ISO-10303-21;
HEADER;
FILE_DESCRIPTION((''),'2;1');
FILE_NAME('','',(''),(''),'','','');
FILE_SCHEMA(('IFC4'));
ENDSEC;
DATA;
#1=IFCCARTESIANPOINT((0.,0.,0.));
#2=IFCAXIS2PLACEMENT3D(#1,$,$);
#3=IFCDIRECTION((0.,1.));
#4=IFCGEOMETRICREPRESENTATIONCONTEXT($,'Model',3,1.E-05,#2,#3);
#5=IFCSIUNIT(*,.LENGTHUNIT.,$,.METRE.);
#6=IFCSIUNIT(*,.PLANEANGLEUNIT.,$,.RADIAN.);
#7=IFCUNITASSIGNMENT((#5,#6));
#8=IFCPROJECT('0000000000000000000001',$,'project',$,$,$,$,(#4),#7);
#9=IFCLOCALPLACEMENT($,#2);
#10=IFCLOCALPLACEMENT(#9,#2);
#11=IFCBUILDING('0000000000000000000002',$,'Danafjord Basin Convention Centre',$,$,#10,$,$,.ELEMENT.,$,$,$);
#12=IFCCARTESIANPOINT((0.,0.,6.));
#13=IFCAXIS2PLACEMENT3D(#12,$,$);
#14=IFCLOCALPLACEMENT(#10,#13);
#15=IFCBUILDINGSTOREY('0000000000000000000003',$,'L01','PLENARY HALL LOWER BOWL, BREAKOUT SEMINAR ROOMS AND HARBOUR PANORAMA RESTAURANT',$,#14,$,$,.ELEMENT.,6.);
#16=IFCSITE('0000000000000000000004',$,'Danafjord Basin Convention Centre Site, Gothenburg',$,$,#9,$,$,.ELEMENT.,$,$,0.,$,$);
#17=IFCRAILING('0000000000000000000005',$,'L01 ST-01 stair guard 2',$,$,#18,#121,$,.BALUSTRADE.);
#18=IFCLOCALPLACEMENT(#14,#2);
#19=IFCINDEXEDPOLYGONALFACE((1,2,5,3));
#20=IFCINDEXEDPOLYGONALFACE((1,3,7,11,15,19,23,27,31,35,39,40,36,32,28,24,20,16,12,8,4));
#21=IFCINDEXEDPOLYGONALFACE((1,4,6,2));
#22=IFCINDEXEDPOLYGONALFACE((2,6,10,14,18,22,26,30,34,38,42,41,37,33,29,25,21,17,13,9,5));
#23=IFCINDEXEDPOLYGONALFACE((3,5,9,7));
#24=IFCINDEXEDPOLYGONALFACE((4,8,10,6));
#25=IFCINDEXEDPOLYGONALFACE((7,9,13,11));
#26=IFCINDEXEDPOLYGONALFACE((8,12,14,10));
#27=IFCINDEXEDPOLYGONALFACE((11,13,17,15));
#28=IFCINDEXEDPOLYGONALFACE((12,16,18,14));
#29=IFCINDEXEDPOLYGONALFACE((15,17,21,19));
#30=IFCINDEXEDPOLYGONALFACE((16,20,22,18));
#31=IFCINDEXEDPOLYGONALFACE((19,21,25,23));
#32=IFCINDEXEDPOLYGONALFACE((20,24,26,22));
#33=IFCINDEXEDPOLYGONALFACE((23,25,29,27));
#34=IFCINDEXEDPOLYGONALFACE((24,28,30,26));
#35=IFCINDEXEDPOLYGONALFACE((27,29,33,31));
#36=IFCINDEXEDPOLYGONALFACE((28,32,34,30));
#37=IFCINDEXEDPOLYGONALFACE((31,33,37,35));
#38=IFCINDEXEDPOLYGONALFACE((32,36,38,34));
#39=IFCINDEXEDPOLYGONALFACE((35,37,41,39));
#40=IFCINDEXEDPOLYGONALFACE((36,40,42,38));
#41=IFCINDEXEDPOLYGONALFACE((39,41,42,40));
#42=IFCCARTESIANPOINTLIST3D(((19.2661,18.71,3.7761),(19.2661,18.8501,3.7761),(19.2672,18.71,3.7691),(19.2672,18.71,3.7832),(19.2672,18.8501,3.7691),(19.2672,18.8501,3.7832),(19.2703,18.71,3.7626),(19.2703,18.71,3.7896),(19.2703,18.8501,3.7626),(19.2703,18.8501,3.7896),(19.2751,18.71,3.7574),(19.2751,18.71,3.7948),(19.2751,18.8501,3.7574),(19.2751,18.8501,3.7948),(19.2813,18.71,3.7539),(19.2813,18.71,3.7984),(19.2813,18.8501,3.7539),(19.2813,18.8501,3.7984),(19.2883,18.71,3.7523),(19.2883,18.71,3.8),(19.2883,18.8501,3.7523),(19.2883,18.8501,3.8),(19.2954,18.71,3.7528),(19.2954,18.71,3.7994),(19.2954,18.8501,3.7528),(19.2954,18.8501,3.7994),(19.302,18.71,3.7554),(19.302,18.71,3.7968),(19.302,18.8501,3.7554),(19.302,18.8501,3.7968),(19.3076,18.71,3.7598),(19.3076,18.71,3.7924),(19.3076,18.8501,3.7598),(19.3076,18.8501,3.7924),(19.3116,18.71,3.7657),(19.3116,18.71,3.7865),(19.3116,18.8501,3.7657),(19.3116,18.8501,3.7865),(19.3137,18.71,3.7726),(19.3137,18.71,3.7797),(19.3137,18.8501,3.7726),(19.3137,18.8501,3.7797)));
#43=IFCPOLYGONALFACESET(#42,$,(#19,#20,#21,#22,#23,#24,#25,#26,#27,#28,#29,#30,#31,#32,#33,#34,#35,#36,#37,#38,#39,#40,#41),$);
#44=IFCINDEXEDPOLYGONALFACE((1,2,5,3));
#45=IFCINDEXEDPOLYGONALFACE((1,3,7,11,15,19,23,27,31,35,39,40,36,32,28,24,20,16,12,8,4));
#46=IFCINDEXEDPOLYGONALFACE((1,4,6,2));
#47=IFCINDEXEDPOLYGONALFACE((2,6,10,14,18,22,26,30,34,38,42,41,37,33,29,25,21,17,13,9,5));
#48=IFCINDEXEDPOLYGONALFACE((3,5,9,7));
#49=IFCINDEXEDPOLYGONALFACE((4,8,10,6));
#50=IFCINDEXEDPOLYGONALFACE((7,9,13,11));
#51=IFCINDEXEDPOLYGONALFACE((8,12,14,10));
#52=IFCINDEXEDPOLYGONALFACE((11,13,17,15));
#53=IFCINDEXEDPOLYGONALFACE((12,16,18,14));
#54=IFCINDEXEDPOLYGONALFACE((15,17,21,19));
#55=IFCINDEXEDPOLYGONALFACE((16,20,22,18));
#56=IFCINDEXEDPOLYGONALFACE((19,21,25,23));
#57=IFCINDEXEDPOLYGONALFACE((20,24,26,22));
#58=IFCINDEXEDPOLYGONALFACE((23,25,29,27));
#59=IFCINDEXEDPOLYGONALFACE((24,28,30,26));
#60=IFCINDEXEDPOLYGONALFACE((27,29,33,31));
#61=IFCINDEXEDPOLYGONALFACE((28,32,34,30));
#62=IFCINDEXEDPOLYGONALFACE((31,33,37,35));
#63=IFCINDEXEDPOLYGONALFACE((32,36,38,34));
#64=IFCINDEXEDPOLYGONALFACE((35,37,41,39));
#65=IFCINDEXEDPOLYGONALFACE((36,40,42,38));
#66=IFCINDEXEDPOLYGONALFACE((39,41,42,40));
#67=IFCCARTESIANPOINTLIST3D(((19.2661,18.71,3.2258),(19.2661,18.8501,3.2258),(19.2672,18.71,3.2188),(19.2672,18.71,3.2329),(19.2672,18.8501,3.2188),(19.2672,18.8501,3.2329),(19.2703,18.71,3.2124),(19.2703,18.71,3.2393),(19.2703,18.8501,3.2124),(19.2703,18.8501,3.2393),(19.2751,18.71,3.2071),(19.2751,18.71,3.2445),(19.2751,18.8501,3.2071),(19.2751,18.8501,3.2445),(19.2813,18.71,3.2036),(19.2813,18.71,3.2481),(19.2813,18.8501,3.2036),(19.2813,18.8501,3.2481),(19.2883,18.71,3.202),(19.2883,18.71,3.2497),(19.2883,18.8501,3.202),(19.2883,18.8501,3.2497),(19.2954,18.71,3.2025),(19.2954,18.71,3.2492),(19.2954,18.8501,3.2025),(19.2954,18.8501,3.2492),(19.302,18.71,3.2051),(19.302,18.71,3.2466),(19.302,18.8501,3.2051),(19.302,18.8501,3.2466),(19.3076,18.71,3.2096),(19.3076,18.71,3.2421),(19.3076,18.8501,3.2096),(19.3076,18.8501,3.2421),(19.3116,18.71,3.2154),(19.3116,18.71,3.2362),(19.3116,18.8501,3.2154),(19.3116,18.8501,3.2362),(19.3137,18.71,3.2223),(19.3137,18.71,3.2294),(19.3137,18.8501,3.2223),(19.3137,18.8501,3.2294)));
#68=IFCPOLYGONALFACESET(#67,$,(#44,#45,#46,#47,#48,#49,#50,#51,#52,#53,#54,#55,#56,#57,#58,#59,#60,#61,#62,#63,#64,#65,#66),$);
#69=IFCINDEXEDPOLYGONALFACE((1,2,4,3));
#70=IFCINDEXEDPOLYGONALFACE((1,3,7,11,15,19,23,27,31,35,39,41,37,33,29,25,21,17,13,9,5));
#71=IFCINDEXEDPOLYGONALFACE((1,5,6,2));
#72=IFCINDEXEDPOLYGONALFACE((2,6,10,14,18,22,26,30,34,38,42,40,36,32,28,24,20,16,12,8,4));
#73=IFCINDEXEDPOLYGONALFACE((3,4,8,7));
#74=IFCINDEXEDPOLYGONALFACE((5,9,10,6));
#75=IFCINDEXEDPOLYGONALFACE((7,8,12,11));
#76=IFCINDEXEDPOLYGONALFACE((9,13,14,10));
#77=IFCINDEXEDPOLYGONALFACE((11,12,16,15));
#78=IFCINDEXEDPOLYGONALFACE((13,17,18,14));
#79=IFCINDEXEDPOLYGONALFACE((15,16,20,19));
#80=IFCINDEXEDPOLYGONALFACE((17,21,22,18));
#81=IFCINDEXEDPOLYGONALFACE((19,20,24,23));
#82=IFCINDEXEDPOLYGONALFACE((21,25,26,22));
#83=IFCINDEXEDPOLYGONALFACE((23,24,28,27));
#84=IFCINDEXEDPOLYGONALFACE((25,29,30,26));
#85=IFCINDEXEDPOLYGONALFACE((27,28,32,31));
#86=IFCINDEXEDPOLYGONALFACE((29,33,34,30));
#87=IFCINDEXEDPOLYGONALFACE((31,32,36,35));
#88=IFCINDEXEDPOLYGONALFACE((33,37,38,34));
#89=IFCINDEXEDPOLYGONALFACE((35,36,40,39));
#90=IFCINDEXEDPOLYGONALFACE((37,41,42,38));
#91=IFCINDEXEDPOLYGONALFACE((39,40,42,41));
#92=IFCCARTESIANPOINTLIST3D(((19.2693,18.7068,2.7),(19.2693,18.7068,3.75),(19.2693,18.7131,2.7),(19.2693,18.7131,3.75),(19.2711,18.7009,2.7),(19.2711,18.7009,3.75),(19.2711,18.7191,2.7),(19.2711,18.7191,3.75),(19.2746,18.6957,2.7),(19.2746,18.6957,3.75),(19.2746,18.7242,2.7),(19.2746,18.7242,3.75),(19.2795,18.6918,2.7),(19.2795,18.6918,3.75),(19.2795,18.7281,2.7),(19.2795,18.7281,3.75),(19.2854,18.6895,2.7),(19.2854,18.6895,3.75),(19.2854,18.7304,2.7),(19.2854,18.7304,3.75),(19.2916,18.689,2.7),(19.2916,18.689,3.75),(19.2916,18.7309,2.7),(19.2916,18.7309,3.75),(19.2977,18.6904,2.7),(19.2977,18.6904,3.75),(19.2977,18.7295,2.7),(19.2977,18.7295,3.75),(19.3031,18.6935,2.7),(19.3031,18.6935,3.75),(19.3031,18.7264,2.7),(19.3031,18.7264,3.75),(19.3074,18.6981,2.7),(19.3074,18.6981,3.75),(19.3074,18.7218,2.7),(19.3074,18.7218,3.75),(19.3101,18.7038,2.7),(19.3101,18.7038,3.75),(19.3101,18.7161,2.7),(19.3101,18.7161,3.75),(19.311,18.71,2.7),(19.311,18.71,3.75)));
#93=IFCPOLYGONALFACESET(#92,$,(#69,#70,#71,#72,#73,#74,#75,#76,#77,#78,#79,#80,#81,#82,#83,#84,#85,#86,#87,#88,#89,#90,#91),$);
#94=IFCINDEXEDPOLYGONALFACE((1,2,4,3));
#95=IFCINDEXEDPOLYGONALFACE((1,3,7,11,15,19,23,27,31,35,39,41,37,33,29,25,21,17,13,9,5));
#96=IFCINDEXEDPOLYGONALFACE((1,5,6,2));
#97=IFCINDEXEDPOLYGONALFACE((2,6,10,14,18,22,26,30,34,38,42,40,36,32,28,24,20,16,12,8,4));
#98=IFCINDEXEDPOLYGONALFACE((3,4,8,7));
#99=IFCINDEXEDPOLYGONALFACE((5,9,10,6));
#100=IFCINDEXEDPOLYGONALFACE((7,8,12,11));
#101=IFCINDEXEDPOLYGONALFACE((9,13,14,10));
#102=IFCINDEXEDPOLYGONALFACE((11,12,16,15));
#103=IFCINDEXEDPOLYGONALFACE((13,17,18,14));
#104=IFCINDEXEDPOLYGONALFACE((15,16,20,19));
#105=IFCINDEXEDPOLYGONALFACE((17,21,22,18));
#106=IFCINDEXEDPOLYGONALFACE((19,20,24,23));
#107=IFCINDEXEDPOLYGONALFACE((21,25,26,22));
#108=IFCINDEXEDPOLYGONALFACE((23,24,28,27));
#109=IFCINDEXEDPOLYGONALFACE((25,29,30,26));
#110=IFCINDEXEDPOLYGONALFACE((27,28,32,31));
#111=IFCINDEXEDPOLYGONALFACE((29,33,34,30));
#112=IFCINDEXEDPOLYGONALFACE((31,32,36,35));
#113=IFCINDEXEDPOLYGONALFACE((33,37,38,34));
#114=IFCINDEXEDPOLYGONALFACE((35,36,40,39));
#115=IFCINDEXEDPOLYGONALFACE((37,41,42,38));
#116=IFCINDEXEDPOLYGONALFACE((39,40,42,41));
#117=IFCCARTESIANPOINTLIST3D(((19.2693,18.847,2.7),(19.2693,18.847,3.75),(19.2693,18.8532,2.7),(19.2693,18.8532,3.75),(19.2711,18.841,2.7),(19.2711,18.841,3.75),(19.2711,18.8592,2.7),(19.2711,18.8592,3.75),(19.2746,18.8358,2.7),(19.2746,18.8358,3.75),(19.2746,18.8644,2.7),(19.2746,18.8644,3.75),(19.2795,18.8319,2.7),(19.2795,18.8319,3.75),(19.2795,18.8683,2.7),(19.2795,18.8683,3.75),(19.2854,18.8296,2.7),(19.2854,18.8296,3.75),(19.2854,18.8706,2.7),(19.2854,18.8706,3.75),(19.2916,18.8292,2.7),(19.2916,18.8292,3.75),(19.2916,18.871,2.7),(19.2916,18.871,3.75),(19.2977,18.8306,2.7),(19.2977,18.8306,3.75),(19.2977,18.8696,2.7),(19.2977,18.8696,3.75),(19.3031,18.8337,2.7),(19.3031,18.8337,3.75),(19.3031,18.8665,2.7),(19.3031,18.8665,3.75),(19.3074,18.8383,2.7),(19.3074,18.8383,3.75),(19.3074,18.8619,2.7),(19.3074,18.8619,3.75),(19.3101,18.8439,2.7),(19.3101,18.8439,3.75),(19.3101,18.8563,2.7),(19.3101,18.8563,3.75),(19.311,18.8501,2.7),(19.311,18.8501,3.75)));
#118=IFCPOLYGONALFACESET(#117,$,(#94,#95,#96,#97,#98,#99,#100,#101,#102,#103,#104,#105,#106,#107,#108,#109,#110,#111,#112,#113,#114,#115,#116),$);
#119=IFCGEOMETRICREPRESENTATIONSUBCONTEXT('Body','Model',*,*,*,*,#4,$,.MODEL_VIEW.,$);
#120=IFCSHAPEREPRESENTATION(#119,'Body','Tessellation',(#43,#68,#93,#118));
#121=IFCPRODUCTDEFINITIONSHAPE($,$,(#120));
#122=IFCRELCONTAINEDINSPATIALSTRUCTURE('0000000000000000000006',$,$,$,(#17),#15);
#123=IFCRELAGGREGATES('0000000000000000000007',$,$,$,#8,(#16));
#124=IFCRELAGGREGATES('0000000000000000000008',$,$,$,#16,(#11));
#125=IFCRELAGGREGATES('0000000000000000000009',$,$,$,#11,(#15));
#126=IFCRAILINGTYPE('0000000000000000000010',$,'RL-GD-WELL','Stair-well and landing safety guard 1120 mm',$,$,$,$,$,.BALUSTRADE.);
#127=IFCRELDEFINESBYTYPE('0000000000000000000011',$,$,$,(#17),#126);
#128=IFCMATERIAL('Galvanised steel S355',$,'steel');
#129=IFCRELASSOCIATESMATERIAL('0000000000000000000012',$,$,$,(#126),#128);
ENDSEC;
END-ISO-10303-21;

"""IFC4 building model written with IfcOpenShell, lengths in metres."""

from ifc_helpers import new_model, si_unit, direction, frame, origin, origin_2d, place, context, subcontext, project, spatial, circle, extrude, material, type_object, element, save


model = new_model("IFC4")

# Units and contexts
model_context = context("Model", 3, precision=1e-05, world=origin(), true_north=direction((0.0, 1.0)))
body_context = subcontext(model_context, "Body", "Model", "MODEL_VIEW")
ifc_project = project(units=[si_unit("LENGTHUNIT", "METRE"), si_unit("PLANEANGLEUNIT", "RADIAN")], contexts=[model_context])

# Site, building, storey
site_placement = place(None, origin())
site = spatial("IfcSite", under=ifc_project, at=site_placement, Name="Danafjord Basin Convention Centre Site, Gothenburg", CompositionType="ELEMENT", RefElevation=0.0)
building_placement = place(site_placement, origin())
building = spatial("IfcBuilding", under=site, at=building_placement, Name="Danafjord Basin Convention Centre", CompositionType="ELEMENT")
storey_placement = place(building_placement, frame((0.0, 0.0, 6.0)))
storey = spatial("IfcBuildingStorey", under=building, at=storey_placement, Name="L01", Description="PLENARY HALL LOWER BOWL, BREAKOUT SEMINAR ROOMS AND HARBOUR PANORAMA RESTAURANT", CompositionType="ELEMENT", Elevation=6.0)

# Railing
ifc_material_1 = material(Name="Galvanised steel S355", Category="steel")
railing_type_1 = type_object("IfcRailingType", Name="RL-GD-WELL", Description="Stair-well and landing safety guard 1120 mm", PredefinedType="BALUSTRADE", material=ifc_material_1)
railing_1_placement = place(storey_placement, frame((19.29, 18.71, 2.7)))
element("IfcRailing", 1, at=railing_1_placement, inside=storey, type_object=railing_type_1, Name="L01 ST-01 stair guard 2", PredefinedType="BALUSTRADE", context=body_context, shape_type="SweptSolid", body=[
    extrude(circle(Radius=0.0239, at=origin_2d()), frame((0.0, 0.0, 1.0762), z_axis=(0.0, 1.0, 0.0), x_axis=(-1.0, 0.0, 0.0)), (0.0, 0.0, 1.0), 0.1401),
    extrude(circle(Radius=0.0239, at=origin_2d()), frame((0.0, 0.0, 0.5259), z_axis=(0.0, 1.0, 0.0), x_axis=(-1.0, 0.0, 0.0)), (0.0, 0.0, 1.0), 0.1401),
    extrude(circle(Radius=0.021, at=origin_2d()), origin(), (0.0, 0.0, 1.0), 1.05),
    extrude(circle(Radius=0.021, at=origin_2d()), frame((0.0, 0.1401, 0.0)), (0.0, 0.0, 1.0), 1.05),
])

save(model, "model.ifc")
